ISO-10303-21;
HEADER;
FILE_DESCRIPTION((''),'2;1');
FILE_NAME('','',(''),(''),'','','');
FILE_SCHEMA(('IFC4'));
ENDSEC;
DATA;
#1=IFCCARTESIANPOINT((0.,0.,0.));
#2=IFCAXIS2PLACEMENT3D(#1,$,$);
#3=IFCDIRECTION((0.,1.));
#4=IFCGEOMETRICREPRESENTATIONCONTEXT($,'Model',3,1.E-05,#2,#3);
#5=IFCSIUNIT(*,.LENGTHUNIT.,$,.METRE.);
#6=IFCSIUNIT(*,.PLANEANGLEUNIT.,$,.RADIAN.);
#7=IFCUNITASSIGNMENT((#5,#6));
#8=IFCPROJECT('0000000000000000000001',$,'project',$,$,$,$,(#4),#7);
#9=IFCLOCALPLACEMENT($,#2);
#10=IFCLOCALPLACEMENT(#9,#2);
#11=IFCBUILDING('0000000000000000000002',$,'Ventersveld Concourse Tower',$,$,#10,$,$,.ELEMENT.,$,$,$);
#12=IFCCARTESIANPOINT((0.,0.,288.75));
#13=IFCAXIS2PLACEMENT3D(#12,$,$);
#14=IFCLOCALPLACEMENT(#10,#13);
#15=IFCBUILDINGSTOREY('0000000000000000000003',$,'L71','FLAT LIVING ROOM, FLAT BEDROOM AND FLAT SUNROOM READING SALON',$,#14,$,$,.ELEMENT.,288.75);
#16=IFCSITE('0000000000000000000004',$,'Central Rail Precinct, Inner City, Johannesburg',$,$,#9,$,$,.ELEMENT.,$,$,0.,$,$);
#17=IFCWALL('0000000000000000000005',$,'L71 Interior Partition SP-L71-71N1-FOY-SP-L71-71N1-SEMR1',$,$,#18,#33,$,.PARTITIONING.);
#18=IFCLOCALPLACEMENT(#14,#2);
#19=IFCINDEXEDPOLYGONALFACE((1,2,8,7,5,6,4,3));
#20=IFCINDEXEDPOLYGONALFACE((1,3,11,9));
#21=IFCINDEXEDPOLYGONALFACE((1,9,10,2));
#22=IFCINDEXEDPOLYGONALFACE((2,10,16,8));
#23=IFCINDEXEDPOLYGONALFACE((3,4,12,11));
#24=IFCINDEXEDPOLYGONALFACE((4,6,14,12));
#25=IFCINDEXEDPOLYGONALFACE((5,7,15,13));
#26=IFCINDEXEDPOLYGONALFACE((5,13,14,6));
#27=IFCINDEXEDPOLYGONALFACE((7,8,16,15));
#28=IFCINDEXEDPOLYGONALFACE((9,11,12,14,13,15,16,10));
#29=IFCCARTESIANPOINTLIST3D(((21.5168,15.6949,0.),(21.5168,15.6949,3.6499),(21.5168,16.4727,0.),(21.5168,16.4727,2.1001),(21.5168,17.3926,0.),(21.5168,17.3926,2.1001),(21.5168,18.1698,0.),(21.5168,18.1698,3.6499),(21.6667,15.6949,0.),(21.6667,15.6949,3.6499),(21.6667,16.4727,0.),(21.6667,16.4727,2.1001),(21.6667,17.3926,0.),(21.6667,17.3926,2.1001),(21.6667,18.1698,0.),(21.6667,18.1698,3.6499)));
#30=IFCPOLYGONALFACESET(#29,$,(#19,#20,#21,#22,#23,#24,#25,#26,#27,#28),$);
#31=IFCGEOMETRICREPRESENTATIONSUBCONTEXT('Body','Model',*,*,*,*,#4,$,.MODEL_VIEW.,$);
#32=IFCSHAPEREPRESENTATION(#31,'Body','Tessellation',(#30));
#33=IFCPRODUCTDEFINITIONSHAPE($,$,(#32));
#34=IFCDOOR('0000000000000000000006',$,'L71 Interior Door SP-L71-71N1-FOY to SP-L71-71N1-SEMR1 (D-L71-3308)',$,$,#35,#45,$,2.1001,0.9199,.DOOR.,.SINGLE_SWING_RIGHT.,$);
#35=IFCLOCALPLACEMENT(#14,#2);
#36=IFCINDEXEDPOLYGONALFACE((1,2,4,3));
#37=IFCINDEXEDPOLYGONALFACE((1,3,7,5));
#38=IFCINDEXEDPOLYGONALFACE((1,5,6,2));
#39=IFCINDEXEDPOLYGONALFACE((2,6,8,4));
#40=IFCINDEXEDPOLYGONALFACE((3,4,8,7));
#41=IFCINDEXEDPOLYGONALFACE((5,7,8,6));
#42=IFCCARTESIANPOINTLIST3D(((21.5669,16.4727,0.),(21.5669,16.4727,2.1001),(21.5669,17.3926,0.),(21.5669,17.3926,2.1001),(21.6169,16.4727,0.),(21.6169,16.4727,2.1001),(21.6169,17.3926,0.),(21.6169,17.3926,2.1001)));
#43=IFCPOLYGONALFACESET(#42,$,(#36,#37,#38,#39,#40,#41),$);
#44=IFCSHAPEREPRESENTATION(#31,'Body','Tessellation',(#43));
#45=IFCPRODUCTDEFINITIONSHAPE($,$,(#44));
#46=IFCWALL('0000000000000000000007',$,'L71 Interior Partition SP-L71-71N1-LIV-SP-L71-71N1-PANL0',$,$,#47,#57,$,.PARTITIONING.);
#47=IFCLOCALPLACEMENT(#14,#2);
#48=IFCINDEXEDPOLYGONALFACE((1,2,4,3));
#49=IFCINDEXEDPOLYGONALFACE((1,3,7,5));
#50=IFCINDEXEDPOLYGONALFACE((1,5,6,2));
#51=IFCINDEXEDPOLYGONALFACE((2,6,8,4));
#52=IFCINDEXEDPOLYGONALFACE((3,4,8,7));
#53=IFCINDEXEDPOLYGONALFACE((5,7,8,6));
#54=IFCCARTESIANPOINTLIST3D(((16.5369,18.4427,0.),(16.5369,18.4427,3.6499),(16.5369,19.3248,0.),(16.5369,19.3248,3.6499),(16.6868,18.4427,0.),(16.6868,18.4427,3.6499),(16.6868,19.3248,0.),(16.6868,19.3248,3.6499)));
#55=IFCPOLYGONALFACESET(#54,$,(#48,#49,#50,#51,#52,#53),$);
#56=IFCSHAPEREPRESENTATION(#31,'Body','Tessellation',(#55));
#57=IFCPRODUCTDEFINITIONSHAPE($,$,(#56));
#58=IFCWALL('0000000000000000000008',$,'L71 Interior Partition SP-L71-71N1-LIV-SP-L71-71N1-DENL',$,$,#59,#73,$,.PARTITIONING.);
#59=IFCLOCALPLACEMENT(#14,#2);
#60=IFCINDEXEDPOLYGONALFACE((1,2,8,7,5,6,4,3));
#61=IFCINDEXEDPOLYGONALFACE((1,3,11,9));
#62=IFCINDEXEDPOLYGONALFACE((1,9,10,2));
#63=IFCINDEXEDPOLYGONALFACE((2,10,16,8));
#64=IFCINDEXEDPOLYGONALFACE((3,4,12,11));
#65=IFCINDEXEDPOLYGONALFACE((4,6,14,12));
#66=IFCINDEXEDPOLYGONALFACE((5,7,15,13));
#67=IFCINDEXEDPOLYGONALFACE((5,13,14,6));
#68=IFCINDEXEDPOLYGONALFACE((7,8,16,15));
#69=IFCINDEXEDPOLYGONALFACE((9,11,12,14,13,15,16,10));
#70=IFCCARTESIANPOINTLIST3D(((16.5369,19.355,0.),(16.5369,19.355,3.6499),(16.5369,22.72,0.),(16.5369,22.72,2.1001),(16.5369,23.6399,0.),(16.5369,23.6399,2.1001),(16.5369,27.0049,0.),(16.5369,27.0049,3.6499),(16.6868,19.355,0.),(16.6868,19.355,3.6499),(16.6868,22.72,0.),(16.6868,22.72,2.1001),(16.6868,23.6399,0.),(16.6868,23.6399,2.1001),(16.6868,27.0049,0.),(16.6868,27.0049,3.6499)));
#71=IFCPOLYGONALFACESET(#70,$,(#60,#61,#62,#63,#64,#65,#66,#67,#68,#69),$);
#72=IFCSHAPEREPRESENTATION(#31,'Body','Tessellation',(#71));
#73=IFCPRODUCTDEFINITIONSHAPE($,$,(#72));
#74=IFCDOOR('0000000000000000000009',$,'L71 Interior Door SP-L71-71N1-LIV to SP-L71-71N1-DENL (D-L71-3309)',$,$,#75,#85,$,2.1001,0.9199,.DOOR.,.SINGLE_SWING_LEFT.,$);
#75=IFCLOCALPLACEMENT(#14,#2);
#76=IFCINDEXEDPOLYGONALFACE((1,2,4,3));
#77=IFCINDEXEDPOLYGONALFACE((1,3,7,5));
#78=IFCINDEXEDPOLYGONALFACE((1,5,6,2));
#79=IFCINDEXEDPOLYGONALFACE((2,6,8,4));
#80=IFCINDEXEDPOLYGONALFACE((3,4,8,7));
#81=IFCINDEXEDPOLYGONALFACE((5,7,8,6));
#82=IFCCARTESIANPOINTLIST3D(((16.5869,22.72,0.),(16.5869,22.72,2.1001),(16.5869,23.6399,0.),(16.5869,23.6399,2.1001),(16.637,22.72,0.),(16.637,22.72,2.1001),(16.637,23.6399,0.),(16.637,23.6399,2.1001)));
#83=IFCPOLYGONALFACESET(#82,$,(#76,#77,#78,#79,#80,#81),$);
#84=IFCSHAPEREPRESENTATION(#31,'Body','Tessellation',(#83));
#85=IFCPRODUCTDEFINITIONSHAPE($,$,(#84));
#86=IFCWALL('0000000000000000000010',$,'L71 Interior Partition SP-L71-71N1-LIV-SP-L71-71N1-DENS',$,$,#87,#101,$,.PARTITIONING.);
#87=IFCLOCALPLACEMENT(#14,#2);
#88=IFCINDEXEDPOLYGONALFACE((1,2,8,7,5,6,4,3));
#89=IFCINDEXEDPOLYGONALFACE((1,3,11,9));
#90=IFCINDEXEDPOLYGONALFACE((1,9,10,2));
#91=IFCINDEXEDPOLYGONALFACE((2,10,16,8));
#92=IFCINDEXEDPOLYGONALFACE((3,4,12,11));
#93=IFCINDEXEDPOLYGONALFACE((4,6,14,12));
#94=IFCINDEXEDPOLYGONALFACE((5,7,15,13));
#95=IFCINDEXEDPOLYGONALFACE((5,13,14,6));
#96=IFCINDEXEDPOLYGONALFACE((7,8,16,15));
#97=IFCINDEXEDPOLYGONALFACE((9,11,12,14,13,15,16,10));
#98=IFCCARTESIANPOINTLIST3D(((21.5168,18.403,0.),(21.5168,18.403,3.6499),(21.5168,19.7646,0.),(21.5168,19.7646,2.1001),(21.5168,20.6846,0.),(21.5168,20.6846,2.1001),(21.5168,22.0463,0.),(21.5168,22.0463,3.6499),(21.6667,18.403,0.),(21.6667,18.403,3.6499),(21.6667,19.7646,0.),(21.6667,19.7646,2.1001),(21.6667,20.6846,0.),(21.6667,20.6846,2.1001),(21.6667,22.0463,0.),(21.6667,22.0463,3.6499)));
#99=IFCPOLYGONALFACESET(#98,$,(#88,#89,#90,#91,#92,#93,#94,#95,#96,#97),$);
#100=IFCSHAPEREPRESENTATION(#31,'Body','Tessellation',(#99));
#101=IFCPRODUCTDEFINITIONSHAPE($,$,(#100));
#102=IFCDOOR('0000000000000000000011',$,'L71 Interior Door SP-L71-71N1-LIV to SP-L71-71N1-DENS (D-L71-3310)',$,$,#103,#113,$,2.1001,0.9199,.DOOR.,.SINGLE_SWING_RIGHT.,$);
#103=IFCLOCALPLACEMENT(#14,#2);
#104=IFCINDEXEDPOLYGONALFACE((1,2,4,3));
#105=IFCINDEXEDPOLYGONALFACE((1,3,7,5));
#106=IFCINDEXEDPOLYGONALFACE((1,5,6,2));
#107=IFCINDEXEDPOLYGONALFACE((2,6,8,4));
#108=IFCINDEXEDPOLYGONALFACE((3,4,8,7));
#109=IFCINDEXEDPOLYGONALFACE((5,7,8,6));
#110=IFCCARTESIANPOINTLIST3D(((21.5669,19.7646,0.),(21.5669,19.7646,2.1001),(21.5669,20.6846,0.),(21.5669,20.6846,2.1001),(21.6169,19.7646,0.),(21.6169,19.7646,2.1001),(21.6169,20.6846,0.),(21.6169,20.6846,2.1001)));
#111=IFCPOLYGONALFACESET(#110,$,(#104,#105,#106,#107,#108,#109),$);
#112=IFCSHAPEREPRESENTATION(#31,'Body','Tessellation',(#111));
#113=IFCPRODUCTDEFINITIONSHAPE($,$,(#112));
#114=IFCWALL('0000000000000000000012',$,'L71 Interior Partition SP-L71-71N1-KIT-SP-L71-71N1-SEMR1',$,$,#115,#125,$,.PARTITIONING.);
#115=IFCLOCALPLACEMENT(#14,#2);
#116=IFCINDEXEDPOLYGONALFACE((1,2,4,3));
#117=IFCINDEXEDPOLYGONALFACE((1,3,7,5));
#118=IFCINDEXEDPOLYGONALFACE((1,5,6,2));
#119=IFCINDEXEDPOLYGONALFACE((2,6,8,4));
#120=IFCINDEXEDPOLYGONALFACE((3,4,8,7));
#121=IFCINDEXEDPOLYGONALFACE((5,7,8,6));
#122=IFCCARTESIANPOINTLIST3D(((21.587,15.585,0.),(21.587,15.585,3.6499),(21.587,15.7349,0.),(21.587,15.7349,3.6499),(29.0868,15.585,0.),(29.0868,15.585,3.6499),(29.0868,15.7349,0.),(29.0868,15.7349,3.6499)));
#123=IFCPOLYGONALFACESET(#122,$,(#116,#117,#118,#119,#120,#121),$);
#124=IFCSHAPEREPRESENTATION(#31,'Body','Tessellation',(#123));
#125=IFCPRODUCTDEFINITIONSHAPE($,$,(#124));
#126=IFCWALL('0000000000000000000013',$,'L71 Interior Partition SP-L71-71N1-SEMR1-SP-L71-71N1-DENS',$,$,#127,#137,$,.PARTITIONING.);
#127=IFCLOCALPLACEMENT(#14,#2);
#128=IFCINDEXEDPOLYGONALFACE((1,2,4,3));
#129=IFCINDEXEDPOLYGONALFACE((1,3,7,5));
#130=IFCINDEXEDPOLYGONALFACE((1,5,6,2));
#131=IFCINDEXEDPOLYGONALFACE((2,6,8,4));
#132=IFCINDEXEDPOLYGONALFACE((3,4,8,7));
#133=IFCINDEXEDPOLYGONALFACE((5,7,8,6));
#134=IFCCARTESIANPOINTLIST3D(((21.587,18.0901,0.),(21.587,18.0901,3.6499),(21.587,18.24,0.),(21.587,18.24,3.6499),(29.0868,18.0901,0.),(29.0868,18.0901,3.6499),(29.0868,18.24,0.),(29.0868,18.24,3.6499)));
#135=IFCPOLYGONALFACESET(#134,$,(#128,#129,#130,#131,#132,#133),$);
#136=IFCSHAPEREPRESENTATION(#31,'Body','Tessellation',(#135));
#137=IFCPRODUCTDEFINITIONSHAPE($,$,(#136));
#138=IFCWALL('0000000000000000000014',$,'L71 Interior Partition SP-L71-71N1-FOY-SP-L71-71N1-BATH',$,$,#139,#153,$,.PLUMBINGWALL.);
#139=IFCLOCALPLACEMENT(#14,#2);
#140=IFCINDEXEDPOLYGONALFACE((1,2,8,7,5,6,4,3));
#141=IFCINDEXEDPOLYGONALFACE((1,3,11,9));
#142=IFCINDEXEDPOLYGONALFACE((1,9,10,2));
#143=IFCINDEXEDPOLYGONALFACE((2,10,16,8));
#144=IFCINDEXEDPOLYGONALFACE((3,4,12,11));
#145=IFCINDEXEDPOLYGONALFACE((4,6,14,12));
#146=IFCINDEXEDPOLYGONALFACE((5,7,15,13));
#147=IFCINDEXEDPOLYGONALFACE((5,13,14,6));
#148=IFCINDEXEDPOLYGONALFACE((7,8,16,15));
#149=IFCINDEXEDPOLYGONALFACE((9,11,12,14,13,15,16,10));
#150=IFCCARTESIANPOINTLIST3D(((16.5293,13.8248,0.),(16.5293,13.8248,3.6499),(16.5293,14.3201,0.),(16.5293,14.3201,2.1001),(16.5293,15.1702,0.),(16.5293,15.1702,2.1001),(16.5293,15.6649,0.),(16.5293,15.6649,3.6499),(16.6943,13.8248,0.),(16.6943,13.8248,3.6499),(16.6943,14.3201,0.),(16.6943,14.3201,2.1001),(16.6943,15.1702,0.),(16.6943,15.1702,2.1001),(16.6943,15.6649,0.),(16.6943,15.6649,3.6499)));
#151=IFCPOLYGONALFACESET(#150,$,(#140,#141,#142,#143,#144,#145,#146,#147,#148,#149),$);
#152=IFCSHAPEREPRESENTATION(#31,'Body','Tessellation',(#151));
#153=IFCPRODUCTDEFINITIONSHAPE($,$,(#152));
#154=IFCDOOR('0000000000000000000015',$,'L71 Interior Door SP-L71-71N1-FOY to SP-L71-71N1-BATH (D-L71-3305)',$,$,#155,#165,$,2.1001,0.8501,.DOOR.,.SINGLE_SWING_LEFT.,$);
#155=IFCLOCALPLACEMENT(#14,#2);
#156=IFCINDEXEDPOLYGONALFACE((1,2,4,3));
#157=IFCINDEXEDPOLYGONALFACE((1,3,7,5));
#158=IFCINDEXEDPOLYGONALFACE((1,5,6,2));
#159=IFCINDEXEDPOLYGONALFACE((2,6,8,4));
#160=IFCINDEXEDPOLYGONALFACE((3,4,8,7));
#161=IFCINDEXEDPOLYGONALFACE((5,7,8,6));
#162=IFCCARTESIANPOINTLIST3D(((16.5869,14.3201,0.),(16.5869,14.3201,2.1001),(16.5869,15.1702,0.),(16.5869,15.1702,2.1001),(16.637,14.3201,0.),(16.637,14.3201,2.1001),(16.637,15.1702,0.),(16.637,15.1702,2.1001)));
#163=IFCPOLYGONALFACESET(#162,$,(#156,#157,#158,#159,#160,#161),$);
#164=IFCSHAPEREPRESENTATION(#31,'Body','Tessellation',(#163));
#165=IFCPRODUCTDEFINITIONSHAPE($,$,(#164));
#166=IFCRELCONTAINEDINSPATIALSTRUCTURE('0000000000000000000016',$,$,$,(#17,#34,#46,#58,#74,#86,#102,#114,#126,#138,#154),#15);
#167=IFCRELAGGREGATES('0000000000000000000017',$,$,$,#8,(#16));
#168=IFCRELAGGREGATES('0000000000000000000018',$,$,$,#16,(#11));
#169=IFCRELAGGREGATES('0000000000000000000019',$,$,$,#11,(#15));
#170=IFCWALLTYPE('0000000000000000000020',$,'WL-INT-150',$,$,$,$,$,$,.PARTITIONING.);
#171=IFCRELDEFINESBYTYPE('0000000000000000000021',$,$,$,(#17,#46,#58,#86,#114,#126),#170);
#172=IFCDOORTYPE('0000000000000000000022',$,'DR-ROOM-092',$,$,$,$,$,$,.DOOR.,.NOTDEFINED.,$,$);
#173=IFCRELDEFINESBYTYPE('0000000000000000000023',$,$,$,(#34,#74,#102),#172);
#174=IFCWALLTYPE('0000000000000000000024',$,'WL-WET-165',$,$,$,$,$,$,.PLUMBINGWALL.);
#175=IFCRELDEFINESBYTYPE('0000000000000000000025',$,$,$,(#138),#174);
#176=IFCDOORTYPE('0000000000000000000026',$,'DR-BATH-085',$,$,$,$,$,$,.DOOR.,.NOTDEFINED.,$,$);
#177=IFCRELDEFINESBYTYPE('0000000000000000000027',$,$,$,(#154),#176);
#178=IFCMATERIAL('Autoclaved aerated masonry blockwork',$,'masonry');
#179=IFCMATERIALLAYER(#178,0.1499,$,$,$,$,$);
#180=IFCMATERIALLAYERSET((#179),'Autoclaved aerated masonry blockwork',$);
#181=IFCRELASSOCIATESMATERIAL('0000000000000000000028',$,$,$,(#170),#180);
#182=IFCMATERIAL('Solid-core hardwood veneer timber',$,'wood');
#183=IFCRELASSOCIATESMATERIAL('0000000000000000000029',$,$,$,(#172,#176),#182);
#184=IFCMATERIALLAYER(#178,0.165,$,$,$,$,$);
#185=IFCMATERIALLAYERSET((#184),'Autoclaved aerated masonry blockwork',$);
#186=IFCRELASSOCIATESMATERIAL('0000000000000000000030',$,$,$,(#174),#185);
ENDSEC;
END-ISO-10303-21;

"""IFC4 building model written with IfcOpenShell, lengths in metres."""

from ifc_helpers import new_model, si_unit, direction, frame, frame_2d, origin, place, context, subcontext, project, spatial, rectangle, extrude, material, layer, layer_set, type_object, element, fill, save


model = new_model("IFC4")

# Units and contexts
model_context = context("Model", 3, precision=1e-05, world=origin(), true_north=direction((0.0, 1.0)))
body_context = subcontext(model_context, "Body", "Model", "MODEL_VIEW")
ifc_project = project(units=[si_unit("LENGTHUNIT", "METRE"), si_unit("PLANEANGLEUNIT", "RADIAN")], contexts=[model_context])

# Site, building, storey
site_placement = place(None, origin())
site = spatial("IfcSite", under=ifc_project, at=site_placement, Name="Central Rail Precinct, Inner City, Johannesburg", CompositionType="ELEMENT", RefElevation=0.0)
building_placement = place(site_placement, origin())
building = spatial("IfcBuilding", under=site, at=building_placement, Name="Ventersveld Concourse Tower", CompositionType="ELEMENT")
storey_placement = place(building_placement, frame((0.0, 0.0, 288.75)))
storey = spatial("IfcBuildingStorey", under=building, at=storey_placement, Name="L71", Description="FLAT LIVING ROOM, FLAT BEDROOM AND FLAT SUNROOM READING SALON", CompositionType="ELEMENT", Elevation=288.75)

# Shared definitions
ifc_material_1 = material(Name="Autoclaved aerated masonry blockwork", Category="masonry")
ifc_layer_1 = layer(ifc_material_1, 0.1499)
ifc_layer_set_1 = layer_set([ifc_layer_1], Name="Autoclaved aerated masonry blockwork")
wall_type_1 = type_object("IfcWallType", Name="WL-INT-150", PredefinedType="PARTITIONING", material=ifc_layer_set_1)
ifc_material_2 = material(Name="Solid-core hardwood veneer timber", Category="wood")
door_type_1 = type_object("IfcDoorType", Name="DR-ROOM-092", OperationType="NOTDEFINED", PredefinedType="DOOR", material=ifc_material_2)

# Wall, opening, door
wall_1_placement = place(storey_placement, frame((21.5918, 15.6951, 0.0), z_axis=(0.0, 0.0, 1.0), x_axis=(0.0, 1.0, 0.0)))
wall_1 = element("IfcWall", 1, at=wall_1_placement, inside=storey, type_object=wall_type_1, Name="L71 Interior Partition SP-L71-71N1-FOY-SP-L71-71N1-SEMR1", PredefinedType="PARTITIONING", context=body_context, shape_type="SweptSolid", body=[
    extrude(rectangle(XDim=2.4749, YDim=0.1499, at=frame_2d((1.2373, 0.0))), origin(), (0.0, 0.0, 1.0), 3.6499),
])
opening_1_placement = place(wall_1_placement, frame((0.7776, 0.0, 0.0)))
opening_1 = element("IfcOpeningElement", 2, at=opening_1_placement, cuts=wall_1, PredefinedType="OPENING", context=body_context, shape_type="SweptSolid", body=[
    extrude(rectangle(XDim=0.9199, YDim=2.1001, at=frame_2d((0.46, 1.05))), frame((0.0, 0.085, 0.0), z_axis=(0.0, -1.0, 0.0), x_axis=(1.0, 0.0, 0.0)), (0.0, 0.0, 1.0), 0.1699),
])
door_1_placement = place(opening_1_placement, origin())
door_1 = element("IfcDoor", 3, at=door_1_placement, inside=storey, type_object=door_type_1, Name="L71 Interior Door SP-L71-71N1-FOY to SP-L71-71N1-SEMR1 (D-L71-3308)", OperationType="SINGLE_SWING_RIGHT", OverallHeight=2.1001, OverallWidth=0.9199, PredefinedType="DOOR", context=body_context, shape_type="SweptSolid", body=[
    extrude(rectangle(XDim=0.9199, YDim=2.1001, at=frame_2d((0.46, 1.05))), frame((0.0, 0.0249, 0.0), z_axis=(0.0, -1.0, 0.0), x_axis=(1.0, 0.0, 0.0)), (0.0, 0.0, 1.0), 0.05),
])
fill(opening_1, door_1)

# Wall
wall_2_placement = place(storey_placement, frame((16.6118, 18.4429, 0.0), z_axis=(0.0, 0.0, 1.0), x_axis=(0.0, 1.0, 0.0)))
element("IfcWall", 4, at=wall_2_placement, inside=storey, type_object=wall_type_1, Name="L71 Interior Partition SP-L71-71N1-LIV-SP-L71-71N1-PANL0", PredefinedType="PARTITIONING", context=body_context, shape_type="SweptSolid", body=[
    extrude(rectangle(XDim=0.8821, YDim=0.1499, at=frame_2d((0.4409, 0.0))), origin(), (0.0, 0.0, 1.0), 3.6499),
])

# Walls, openings, doors
wall_3_placement = place(storey_placement, frame((16.6118, 19.355, 0.0), z_axis=(0.0, 0.0, 1.0), x_axis=(0.0, 1.0, 0.0)))
wall_3 = element("IfcWall", 5, at=wall_3_placement, inside=storey, type_object=wall_type_1, Name="L71 Interior Partition SP-L71-71N1-LIV-SP-L71-71N1-DENL", PredefinedType="PARTITIONING", context=body_context, shape_type="SweptSolid", body=[
    extrude(rectangle(XDim=7.6499, YDim=0.1499, at=frame_2d((3.825, 0.0))), origin(), (0.0, 0.0, 1.0), 3.6499),
])
opening_2_placement = place(wall_3_placement, frame((3.365, 0.0, 0.0)))
opening_2 = element("IfcOpeningElement", 6, at=opening_2_placement, cuts=wall_3, PredefinedType="OPENING", context=body_context, shape_type="SweptSolid", body=[
    extrude(rectangle(XDim=0.9199, YDim=2.1001, at=frame_2d((0.46, 1.05))), frame((0.0, 0.085, 0.0), z_axis=(0.0, -1.0, 0.0), x_axis=(1.0, 0.0, 0.0)), (0.0, 0.0, 1.0), 0.1699),
])
door_2_placement = place(opening_2_placement, origin())
door_2 = element("IfcDoor", 7, at=door_2_placement, inside=storey, type_object=door_type_1, Name="L71 Interior Door SP-L71-71N1-LIV to SP-L71-71N1-DENL (D-L71-3309)", OperationType="SINGLE_SWING_LEFT", OverallHeight=2.1001, OverallWidth=0.9199, PredefinedType="DOOR", context=body_context, shape_type="SweptSolid", body=[
    extrude(rectangle(XDim=0.9199, YDim=2.1001, at=frame_2d((0.46, 1.05))), frame((0.0, 0.0249, 0.0), z_axis=(0.0, -1.0, 0.0), x_axis=(1.0, 0.0, 0.0)), (0.0, 0.0, 1.0), 0.05),
])
fill(opening_2, door_2)
wall_4_placement = place(storey_placement, frame((21.5918, 18.4028, 0.0), z_axis=(0.0, 0.0, 1.0), x_axis=(0.0, 1.0, 0.0)))
wall_4 = element("IfcWall", 8, at=wall_4_placement, inside=storey, type_object=wall_type_1, Name="L71 Interior Partition SP-L71-71N1-LIV-SP-L71-71N1-DENS", PredefinedType="PARTITIONING", context=body_context, shape_type="SweptSolid", body=[
    extrude(rectangle(XDim=3.6433, YDim=0.1499, at=frame_2d((1.8218, 0.0))), origin(), (0.0, 0.0, 1.0), 3.6499),
])
opening_3_placement = place(wall_4_placement, frame((1.3618, 0.0, 0.0)))
opening_3 = element("IfcOpeningElement", 9, at=opening_3_placement, cuts=wall_4, PredefinedType="OPENING", context=body_context, shape_type="SweptSolid", body=[
    extrude(rectangle(XDim=0.9199, YDim=2.1001, at=frame_2d((0.46, 1.05))), frame((0.0, 0.085, 0.0), z_axis=(0.0, -1.0, 0.0), x_axis=(1.0, 0.0, 0.0)), (0.0, 0.0, 1.0), 0.1699),
])
door_3_placement = place(opening_3_placement, origin())
door_3 = element("IfcDoor", 10, at=door_3_placement, inside=storey, type_object=door_type_1, Name="L71 Interior Door SP-L71-71N1-LIV to SP-L71-71N1-DENS (D-L71-3310)", OperationType="SINGLE_SWING_RIGHT", OverallHeight=2.1001, OverallWidth=0.9199, PredefinedType="DOOR", context=body_context, shape_type="SweptSolid", body=[
    extrude(rectangle(XDim=0.9199, YDim=2.1001, at=frame_2d((0.46, 1.05))), frame((0.0, 0.0249, 0.0), z_axis=(0.0, -1.0, 0.0), x_axis=(1.0, 0.0, 0.0)), (0.0, 0.0, 1.0), 0.05),
])
fill(opening_3, door_3)

# Walls
for number, where, z_axis, x_axis, name in (
    (11, (21.5869, 15.6599, 0.0), (0.0, 0.0, 1.0), (1.0, 0.0, 0.0), "L71 Interior Partition SP-L71-71N1-KIT-SP-L71-71N1-SEMR1"),
    (12, (21.5869, 18.165, 0.0), (0.0, 0.0, 1.0), (1.0, 0.0, 0.0), "L71 Interior Partition SP-L71-71N1-SEMR1-SP-L71-71N1-DENS"),
):
    element("IfcWall", number, at=place(storey_placement, frame(where, z_axis=z_axis, x_axis=x_axis)), inside=storey, type_object=wall_type_1, Name=name, PredefinedType="PARTITIONING", context=body_context, shape_type="SweptSolid", body=[
        extrude(rectangle(XDim=7.4998, YDim=0.1499, at=frame_2d((3.75, 0.0))), origin(), (0.0, 0.0, 1.0), 3.6499),
    ])

# Wall, opening, door
ifc_layer_2 = layer(ifc_material_1, 0.165)
ifc_layer_set_2 = layer_set([ifc_layer_2], Name="Autoclaved aerated masonry blockwork")
wall_type_2 = type_object("IfcWallType", Name="WL-WET-165", PredefinedType="PLUMBINGWALL", material=ifc_layer_set_2)
wall_5_placement = place(storey_placement, frame((16.6118, 13.825, 0.0), z_axis=(0.0, 0.0, 1.0), x_axis=(0.0, 1.0, 0.0)))
wall_5 = element("IfcWall", 13, at=wall_5_placement, inside=storey, type_object=wall_type_2, Name="L71 Interior Partition SP-L71-71N1-FOY-SP-L71-71N1-BATH", PredefinedType="PLUMBINGWALL", context=body_context, shape_type="SweptSolid", body=[
    extrude(rectangle(XDim=1.8401, YDim=0.165, at=frame_2d((0.9199, 0.0))), origin(), (0.0, 0.0, 1.0), 3.6499),
])
opening_4_placement = place(wall_5_placement, frame((0.4951, 0.0, 0.0)))
opening_4 = element("IfcOpeningElement", 14, at=opening_4_placement, cuts=wall_5, PredefinedType="OPENING", context=body_context, shape_type="SweptSolid", body=[
    extrude(rectangle(XDim=0.8501, YDim=2.1001, at=frame_2d((0.425, 1.05))), frame((0.0, 0.0925, 0.0), z_axis=(0.0, -1.0, 0.0), x_axis=(1.0, 0.0, 0.0)), (0.0, 0.0, 1.0), 0.1851),
])
door_type_2 = type_object("IfcDoorType", Name="DR-BATH-085", OperationType="NOTDEFINED", PredefinedType="DOOR", material=ifc_material_2)
door_4_placement = place(opening_4_placement, origin())
door_4 = element("IfcDoor", 15, at=door_4_placement, inside=storey, type_object=door_type_2, Name="L71 Interior Door SP-L71-71N1-FOY to SP-L71-71N1-BATH (D-L71-3305)", OperationType="SINGLE_SWING_LEFT", OverallHeight=2.1001, OverallWidth=0.8501, PredefinedType="DOOR", context=body_context, shape_type="SweptSolid", body=[
    extrude(rectangle(XDim=0.8501, YDim=2.1001, at=frame_2d((0.425, 1.05))), frame((0.0, 0.0249, 0.0), z_axis=(0.0, -1.0, 0.0), x_axis=(1.0, 0.0, 0.0)), (0.0, 0.0, 1.0), 0.05),
])
fill(opening_4, door_4)

save(model, "model.ifc")
